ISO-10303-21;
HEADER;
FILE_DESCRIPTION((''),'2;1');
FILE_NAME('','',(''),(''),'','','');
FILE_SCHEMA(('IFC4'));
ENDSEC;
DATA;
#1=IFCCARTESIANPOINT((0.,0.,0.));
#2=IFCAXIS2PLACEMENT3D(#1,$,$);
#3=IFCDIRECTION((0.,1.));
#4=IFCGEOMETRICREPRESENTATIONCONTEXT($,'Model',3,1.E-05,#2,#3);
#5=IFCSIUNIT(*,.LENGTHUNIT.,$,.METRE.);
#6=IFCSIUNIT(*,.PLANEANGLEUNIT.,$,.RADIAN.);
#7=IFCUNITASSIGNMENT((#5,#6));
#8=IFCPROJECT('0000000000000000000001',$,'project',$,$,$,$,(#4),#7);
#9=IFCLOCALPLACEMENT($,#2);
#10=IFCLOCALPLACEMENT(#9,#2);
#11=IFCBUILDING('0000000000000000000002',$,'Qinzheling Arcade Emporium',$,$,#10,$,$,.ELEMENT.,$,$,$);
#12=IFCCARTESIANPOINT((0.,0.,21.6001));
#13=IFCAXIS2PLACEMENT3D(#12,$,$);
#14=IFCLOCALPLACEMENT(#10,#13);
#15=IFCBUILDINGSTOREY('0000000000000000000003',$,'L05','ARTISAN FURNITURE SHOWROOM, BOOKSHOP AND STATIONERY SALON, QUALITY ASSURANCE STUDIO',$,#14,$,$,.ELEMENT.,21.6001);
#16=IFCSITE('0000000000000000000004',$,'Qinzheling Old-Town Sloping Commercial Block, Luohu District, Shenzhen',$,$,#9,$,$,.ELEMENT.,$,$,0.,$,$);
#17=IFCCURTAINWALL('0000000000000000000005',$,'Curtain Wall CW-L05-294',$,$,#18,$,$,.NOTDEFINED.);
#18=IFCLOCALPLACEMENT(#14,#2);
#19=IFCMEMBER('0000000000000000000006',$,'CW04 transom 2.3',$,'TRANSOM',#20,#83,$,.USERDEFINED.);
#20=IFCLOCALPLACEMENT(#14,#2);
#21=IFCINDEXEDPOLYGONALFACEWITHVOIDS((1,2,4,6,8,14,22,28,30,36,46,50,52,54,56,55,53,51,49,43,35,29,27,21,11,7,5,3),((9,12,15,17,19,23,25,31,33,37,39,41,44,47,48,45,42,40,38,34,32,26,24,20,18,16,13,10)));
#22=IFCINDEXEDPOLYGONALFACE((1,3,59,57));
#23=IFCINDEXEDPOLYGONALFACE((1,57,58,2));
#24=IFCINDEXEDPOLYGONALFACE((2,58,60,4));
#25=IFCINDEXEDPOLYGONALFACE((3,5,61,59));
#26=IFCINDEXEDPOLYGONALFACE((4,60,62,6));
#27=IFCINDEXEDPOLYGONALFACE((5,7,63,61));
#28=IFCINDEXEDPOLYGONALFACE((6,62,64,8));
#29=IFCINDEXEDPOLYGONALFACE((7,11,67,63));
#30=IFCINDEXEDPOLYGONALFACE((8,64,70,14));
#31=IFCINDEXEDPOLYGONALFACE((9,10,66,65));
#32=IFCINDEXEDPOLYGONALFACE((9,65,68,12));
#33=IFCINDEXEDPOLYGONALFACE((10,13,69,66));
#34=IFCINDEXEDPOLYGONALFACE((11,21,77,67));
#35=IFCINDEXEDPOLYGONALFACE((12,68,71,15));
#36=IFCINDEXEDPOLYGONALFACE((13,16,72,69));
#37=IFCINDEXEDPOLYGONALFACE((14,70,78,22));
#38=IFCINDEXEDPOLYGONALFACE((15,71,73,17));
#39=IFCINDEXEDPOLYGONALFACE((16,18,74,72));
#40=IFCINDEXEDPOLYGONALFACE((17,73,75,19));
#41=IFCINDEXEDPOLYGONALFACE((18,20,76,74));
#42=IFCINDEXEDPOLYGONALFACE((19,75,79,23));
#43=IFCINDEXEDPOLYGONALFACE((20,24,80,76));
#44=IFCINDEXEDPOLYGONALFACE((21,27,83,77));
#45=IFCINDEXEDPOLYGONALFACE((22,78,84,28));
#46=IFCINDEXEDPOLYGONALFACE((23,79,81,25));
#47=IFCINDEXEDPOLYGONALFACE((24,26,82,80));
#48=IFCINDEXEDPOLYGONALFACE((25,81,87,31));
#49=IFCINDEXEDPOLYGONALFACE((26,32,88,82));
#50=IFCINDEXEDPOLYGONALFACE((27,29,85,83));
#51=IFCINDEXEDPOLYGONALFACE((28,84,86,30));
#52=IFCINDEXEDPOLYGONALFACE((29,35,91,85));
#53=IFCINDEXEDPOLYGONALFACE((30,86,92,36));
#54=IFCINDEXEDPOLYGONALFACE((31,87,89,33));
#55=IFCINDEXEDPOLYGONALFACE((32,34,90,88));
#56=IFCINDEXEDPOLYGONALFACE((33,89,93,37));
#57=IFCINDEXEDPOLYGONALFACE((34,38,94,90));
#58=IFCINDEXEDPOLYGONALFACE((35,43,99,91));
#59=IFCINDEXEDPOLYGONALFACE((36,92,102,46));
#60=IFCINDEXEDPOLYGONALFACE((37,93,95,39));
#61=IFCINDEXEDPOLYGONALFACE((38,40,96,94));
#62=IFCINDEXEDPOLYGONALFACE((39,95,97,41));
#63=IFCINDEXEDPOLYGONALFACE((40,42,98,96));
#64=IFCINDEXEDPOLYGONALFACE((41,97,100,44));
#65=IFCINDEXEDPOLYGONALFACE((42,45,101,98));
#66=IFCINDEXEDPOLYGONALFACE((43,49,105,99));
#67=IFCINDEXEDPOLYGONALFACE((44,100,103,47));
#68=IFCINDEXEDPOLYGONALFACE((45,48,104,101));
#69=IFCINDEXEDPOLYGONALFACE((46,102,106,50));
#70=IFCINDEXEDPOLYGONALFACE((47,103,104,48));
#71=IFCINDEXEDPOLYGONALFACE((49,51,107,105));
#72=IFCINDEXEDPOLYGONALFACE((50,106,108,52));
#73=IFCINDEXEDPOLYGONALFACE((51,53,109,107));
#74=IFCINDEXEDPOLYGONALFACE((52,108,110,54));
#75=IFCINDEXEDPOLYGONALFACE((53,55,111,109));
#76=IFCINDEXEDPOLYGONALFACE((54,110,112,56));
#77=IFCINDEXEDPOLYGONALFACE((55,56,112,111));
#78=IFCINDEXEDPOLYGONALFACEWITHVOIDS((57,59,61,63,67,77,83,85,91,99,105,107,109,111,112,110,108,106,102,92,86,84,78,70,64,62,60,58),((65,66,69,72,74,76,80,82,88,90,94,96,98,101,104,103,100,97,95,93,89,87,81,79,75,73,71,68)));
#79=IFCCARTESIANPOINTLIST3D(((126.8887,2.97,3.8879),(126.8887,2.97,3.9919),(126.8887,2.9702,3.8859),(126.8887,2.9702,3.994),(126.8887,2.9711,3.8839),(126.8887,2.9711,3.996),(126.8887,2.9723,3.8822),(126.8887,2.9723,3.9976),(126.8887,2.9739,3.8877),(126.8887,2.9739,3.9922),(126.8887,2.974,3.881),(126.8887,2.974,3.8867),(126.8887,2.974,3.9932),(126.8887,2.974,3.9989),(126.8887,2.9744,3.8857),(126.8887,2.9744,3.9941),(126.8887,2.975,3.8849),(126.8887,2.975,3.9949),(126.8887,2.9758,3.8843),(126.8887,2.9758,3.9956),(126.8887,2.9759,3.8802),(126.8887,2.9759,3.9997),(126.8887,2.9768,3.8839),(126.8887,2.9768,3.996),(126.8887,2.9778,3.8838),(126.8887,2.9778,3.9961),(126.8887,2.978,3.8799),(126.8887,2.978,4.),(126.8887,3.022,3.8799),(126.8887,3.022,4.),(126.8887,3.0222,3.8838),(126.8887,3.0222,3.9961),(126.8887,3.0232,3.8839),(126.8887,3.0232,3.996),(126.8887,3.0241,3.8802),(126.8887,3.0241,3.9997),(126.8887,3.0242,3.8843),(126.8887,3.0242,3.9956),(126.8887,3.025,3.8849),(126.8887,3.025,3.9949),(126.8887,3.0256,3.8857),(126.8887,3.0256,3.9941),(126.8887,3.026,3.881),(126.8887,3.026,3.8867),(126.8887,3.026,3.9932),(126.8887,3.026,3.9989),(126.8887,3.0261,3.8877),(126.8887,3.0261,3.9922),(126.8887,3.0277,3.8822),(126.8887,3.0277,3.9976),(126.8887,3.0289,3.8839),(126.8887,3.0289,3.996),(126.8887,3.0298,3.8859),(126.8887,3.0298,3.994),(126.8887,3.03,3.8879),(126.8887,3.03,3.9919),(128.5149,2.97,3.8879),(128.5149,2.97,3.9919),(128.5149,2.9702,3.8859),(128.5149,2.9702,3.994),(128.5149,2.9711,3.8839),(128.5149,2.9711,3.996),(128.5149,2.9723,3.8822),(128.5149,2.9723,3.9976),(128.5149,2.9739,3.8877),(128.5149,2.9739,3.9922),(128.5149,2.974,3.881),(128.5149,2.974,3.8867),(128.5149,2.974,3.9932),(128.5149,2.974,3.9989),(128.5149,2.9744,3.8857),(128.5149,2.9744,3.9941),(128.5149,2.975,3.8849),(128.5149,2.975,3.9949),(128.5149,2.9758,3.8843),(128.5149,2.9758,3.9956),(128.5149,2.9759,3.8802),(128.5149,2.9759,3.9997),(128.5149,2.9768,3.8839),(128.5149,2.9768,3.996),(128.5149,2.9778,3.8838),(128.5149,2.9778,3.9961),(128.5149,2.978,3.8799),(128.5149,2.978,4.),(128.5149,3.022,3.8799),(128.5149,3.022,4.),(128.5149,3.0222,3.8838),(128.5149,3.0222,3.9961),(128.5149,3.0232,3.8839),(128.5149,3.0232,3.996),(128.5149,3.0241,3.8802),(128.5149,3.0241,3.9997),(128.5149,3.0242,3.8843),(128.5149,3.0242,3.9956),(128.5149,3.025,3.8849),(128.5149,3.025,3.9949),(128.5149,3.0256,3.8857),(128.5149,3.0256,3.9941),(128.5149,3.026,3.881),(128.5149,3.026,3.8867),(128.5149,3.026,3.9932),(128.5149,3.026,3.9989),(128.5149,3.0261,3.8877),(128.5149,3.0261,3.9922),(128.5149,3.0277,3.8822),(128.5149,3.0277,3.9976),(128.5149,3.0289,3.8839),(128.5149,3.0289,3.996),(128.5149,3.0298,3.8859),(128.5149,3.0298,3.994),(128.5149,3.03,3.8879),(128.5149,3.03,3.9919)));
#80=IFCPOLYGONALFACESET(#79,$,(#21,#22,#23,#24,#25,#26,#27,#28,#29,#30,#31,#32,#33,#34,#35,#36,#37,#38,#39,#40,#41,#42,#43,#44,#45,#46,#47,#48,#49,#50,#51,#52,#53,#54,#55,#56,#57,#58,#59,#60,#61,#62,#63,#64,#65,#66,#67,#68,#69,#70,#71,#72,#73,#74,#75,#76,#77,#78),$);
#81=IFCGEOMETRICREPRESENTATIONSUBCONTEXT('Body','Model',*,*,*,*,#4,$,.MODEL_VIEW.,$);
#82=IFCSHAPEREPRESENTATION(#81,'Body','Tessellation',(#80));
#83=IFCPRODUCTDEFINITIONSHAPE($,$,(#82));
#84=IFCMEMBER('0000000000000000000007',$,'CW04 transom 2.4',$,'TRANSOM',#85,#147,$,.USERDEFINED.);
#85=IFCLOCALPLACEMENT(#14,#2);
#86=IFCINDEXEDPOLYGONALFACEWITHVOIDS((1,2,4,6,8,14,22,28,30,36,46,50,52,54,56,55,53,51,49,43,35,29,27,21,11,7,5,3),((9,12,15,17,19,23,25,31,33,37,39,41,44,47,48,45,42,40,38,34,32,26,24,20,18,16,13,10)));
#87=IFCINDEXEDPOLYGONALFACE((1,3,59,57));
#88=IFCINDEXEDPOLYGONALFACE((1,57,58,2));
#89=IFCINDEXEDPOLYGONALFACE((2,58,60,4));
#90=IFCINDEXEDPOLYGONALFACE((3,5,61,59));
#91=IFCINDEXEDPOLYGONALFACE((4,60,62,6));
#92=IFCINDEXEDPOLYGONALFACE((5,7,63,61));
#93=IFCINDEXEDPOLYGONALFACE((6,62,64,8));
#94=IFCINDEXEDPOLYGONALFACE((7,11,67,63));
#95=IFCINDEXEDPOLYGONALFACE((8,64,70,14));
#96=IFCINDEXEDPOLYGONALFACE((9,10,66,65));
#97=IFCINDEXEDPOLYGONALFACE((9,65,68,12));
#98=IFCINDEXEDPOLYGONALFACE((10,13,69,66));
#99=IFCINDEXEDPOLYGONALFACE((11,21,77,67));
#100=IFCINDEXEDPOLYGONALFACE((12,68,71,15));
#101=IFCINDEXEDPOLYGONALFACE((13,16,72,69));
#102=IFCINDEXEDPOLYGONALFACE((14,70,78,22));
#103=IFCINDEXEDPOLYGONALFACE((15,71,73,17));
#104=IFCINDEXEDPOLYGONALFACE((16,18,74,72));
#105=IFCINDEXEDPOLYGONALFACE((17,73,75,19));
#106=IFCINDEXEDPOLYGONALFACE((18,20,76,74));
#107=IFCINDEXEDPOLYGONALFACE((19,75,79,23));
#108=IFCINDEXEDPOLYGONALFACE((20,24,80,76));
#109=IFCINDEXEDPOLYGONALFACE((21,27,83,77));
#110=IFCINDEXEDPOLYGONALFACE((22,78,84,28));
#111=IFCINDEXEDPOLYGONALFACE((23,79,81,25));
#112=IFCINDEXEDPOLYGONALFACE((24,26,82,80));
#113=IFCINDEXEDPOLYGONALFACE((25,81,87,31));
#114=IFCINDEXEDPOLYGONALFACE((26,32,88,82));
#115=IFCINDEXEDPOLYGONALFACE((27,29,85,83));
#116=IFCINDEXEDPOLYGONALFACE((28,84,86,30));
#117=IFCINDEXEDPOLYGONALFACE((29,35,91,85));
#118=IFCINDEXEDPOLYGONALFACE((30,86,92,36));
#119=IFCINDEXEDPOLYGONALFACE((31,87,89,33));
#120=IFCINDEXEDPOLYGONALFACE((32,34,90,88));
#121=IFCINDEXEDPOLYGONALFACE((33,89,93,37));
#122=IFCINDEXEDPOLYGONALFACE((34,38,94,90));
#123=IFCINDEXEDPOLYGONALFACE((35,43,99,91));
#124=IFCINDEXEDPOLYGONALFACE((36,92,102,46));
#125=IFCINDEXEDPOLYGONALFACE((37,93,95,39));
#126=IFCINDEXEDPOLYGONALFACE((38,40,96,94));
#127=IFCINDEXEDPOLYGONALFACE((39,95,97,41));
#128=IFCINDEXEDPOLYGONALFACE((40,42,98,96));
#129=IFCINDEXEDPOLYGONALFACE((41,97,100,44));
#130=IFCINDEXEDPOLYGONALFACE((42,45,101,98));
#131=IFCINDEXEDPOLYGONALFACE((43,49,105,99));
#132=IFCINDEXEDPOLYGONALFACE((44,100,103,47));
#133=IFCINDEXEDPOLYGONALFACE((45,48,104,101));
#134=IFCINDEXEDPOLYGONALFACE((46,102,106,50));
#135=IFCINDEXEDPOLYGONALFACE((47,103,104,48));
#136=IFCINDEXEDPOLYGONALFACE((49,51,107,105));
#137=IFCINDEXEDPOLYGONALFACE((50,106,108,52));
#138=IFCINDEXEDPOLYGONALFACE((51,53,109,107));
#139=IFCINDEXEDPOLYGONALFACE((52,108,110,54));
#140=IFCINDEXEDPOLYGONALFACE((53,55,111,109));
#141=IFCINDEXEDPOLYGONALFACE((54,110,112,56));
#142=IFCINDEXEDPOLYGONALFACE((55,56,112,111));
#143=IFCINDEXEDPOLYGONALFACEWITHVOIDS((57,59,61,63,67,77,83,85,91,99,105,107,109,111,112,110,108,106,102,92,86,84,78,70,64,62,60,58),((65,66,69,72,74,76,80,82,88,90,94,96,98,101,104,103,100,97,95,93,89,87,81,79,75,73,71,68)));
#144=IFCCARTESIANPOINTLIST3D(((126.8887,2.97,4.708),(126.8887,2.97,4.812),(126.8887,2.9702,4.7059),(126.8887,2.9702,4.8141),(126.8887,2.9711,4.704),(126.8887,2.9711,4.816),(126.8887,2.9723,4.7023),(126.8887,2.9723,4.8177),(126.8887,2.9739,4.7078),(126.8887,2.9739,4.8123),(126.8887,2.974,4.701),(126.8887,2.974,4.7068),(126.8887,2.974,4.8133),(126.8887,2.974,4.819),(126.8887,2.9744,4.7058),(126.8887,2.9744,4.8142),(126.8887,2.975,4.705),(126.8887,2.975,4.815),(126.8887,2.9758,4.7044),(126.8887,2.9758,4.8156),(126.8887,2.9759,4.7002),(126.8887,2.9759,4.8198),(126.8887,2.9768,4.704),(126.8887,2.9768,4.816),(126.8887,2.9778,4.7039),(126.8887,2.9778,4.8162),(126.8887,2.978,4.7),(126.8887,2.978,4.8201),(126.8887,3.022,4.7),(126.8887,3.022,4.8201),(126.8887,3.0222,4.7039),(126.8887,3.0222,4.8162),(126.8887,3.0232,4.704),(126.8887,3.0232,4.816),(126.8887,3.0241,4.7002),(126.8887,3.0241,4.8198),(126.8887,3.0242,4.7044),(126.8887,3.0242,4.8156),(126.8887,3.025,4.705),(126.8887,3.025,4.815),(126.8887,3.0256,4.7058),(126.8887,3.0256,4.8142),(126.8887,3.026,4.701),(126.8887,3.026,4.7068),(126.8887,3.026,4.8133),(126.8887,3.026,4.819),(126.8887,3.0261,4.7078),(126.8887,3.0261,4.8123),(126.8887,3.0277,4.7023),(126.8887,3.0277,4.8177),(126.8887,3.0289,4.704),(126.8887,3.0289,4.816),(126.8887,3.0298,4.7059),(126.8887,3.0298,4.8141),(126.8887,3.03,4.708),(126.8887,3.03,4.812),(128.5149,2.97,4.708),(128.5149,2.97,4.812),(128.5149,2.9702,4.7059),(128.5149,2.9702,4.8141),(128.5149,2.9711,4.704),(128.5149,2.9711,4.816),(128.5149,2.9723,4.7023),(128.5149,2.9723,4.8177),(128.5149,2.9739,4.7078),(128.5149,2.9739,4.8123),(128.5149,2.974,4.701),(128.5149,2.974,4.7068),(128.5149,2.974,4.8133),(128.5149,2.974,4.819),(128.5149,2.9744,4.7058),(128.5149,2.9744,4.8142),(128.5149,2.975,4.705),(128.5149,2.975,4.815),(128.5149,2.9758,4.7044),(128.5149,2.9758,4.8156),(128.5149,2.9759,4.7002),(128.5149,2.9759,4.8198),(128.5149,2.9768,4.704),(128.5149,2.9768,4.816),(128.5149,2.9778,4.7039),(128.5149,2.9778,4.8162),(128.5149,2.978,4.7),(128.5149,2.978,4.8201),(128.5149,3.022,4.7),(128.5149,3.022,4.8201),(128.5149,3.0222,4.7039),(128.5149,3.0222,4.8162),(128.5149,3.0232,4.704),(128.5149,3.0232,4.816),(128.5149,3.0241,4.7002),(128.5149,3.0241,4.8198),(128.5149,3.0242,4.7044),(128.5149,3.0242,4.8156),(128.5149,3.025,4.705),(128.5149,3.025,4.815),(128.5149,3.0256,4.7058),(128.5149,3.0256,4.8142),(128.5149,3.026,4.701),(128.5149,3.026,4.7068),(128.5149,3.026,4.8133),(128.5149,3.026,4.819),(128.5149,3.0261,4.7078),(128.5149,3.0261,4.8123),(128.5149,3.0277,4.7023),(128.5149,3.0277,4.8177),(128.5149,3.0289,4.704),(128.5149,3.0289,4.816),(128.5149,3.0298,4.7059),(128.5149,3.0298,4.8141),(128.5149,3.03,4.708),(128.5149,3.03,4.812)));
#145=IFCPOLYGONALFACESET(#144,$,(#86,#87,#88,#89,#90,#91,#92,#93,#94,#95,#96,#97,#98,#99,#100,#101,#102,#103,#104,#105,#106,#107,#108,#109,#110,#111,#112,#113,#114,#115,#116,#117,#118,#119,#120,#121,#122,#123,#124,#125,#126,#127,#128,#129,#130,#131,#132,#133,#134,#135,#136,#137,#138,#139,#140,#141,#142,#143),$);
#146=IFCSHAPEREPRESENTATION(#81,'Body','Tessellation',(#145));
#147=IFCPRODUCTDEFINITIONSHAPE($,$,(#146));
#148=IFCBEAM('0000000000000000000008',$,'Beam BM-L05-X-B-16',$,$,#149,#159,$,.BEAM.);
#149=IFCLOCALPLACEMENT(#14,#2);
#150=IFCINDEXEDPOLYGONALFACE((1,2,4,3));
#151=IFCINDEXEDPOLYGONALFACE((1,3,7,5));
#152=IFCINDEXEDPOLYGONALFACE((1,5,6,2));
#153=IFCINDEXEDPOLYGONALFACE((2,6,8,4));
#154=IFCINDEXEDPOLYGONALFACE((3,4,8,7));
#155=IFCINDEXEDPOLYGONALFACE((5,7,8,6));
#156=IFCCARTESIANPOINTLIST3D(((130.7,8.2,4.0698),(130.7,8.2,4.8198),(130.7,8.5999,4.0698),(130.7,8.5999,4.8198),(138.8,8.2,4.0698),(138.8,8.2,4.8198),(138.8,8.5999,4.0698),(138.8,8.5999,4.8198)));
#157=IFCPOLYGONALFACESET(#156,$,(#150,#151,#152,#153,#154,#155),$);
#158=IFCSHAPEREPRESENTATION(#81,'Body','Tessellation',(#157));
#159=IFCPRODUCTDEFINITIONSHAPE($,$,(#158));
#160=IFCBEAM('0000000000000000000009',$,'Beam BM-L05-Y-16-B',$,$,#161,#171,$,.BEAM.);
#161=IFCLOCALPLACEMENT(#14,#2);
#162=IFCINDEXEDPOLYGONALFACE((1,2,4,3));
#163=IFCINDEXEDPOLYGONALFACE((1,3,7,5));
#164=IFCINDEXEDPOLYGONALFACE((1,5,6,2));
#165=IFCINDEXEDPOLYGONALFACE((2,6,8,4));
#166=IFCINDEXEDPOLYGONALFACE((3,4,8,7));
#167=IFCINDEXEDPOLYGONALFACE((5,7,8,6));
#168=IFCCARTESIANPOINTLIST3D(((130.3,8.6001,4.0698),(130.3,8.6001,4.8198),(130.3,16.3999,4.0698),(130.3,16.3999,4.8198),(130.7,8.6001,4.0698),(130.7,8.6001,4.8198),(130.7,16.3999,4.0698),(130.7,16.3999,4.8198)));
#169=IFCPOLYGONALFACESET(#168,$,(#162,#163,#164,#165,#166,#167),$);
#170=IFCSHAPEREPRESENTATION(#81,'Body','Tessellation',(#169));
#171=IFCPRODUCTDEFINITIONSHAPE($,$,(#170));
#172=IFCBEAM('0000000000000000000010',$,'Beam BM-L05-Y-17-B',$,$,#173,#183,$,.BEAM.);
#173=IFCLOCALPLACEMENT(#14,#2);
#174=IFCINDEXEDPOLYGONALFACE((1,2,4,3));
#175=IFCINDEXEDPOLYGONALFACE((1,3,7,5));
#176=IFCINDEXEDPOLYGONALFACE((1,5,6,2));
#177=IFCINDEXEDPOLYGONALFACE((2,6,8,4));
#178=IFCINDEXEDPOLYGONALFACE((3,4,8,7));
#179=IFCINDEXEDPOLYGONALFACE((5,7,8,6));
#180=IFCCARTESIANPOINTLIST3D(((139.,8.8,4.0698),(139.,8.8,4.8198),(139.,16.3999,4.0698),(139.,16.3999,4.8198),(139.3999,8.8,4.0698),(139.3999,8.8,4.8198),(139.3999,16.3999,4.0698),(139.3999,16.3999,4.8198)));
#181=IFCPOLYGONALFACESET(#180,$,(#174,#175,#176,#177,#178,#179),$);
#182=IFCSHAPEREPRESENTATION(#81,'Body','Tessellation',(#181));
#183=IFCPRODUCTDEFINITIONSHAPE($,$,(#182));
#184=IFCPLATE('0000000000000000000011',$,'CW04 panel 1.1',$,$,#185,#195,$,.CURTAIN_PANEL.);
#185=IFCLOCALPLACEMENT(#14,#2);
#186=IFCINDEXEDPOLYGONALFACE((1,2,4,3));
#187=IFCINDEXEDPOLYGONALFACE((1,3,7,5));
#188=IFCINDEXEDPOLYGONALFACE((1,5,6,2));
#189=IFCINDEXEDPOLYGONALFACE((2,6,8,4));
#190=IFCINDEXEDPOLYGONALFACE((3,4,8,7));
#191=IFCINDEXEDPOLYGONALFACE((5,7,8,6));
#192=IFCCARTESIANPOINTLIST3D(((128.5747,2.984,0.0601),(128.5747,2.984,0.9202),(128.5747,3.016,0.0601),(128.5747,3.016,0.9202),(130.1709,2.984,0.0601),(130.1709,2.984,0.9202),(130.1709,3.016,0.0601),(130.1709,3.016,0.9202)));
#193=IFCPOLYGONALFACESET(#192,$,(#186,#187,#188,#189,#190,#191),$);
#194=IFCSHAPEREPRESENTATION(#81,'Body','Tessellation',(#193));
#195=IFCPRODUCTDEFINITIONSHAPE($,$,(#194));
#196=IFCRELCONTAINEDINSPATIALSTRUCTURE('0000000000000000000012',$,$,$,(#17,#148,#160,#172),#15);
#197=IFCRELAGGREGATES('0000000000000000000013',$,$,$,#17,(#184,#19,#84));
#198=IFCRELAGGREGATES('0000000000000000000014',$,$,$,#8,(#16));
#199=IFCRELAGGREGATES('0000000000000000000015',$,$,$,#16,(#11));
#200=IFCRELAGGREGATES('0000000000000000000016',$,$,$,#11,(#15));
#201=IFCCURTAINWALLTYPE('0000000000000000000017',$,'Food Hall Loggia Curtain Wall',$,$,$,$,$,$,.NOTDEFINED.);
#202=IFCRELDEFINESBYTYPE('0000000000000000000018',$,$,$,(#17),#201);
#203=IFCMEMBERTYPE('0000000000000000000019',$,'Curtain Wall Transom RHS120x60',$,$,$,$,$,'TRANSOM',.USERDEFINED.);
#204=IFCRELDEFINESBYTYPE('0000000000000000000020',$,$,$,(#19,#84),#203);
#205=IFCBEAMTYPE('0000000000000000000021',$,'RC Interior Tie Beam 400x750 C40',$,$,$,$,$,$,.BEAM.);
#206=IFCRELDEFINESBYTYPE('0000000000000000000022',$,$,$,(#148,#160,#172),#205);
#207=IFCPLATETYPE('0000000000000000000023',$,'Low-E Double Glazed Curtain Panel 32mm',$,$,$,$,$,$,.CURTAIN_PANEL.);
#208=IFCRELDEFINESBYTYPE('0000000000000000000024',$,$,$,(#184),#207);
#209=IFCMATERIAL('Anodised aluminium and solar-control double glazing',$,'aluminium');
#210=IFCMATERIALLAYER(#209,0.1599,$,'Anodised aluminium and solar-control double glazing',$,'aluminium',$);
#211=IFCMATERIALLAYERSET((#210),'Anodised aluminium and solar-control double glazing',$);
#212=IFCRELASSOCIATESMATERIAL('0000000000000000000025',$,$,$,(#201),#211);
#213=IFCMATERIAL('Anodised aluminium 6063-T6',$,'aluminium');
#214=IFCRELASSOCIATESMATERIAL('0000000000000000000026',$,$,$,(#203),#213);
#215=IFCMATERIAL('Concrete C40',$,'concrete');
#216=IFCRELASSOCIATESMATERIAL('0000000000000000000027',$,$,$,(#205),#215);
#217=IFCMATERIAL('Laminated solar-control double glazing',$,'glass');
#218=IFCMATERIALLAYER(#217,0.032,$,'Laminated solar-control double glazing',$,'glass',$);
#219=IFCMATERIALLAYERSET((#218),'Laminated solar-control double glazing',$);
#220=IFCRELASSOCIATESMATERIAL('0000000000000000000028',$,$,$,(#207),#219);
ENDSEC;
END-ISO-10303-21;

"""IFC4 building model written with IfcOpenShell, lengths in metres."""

from ifc_helpers import new_model, si_unit, direction, frame, origin, origin_2d, place, context, subcontext, project, spatial, rectangle, hollow_rectangle, extrude, material, layer, layer_set, material_profile, profile_set, type_object, element, aggregate, save


model = new_model("IFC4")

# Units and contexts
model_context = context("Model", 3, precision=1e-05, world=origin(), true_north=direction((0.0, 1.0)))
body_context = subcontext(model_context, "Body", "Model", "MODEL_VIEW")
ifc_project = project(units=[si_unit("LENGTHUNIT", "METRE"), si_unit("PLANEANGLEUNIT", "RADIAN")], contexts=[model_context])

# Site, building, storey
site_placement = place(None, origin())
site = spatial("IfcSite", under=ifc_project, at=site_placement, Name="Qinzheling Old-Town Sloping Commercial Block, Luohu District, Shenzhen", CompositionType="ELEMENT", RefElevation=0.0)
building_placement = place(site_placement, origin())
building = spatial("IfcBuilding", under=site, at=building_placement, Name="Qinzheling Arcade Emporium", CompositionType="ELEMENT")
storey_placement = place(building_placement, frame((0.0, 0.0, 21.6001)))
storey = spatial("IfcBuildingStorey", under=building, at=storey_placement, Name="L05", Description="ARTISAN FURNITURE SHOWROOM, BOOKSHOP AND STATIONERY SALON, QUALITY ASSURANCE STUDIO", CompositionType="ELEMENT", Elevation=21.6001)

# Shared definitions
ifc_material_1 = material(Name="Concrete C40", Category="concrete")

# Curtain wall, members
ifc_material_2 = material(Name="Anodised aluminium and solar-control double glazing", Category="aluminium")
ifc_layer_1 = layer(ifc_material_2, 0.1599, Name="Anodised aluminium and solar-control double glazing", Category="aluminium")
ifc_layer_set_1 = layer_set([ifc_layer_1], Name="Anodised aluminium and solar-control double glazing")
curtain_wall_type = type_object("IfcCurtainWallType", Name="Food Hall Loggia Curtain Wall", PredefinedType="NOTDEFINED", material=ifc_layer_set_1)
curtain_wall_placement = place(storey_placement, origin())
curtain_wall = element("IfcCurtainWall", 1, at=curtain_wall_placement, inside=storey, type_object=curtain_wall_type, Name="Curtain Wall CW-L05-294", PredefinedType="NOTDEFINED")
ifc_material_3 = material(Name="Anodised aluminium 6063-T6", Category="aluminium")
ifc_material_profile_1 = material_profile(ifc_material_3, hollow_rectangle(XDim=0.0601, YDim=0.1201, WallThickness=0.0039, InnerFilletRadius=0.0039, OuterFilletRadius=0.0081, at=origin_2d()), Name="RHS 120x60x4", Category="aluminium")
ifc_profile_set_1 = profile_set([ifc_material_profile_1], Name="Anodised aluminium 6063-T6")
member_type_1 = type_object("IfcMemberType", Name="Curtain Wall Transom RHS120x60", ElementType="TRANSOM", PredefinedType="USERDEFINED", material=ifc_profile_set_1)
member_1_placement = place(storey_placement, frame((128.5149, 3.0, 3.9399), z_axis=(-1.0, 0.0, 0.0), x_axis=(0.0, -1.0, 0.0)))
member_1 = element("IfcMember", 2, at=member_1_placement, type_object=member_type_1, Name="CW04 transom 2.3", ObjectType="TRANSOM", PredefinedType="USERDEFINED", context=body_context, shape_type="SweptSolid", body=[
    extrude(hollow_rectangle(XDim=0.0601, YDim=0.1201, WallThickness=0.0039, InnerFilletRadius=0.0039, OuterFilletRadius=0.0081, at=origin_2d()), origin(), (0.0, 0.0, 1.0), 1.6262),
])
member_2_placement = place(storey_placement, frame((128.5149, 3.0, 4.76), z_axis=(-1.0, 0.0, 0.0), x_axis=(0.0, -1.0, 0.0)))
member_2 = element("IfcMember", 3, at=member_2_placement, type_object=member_type_1, Name="CW04 transom 2.4", ObjectType="TRANSOM", PredefinedType="USERDEFINED", context=body_context, shape_type="SweptSolid", body=[
    extrude(hollow_rectangle(XDim=0.0601, YDim=0.1201, WallThickness=0.0039, InnerFilletRadius=0.0039, OuterFilletRadius=0.0081, at=origin_2d()), origin(), (0.0, 0.0, 1.0), 1.6262),
])

# Beams
ifc_material_profile_2 = material_profile(ifc_material_1, rectangle(XDim=0.3999, YDim=0.75, at=origin_2d()), Name="RC 400x750", Category="concrete")
ifc_profile_set_2 = profile_set([ifc_material_profile_2], Name="Concrete C40")
beam_type = type_object("IfcBeamType", Name="RC Interior Tie Beam 400x750 C40", PredefinedType="BEAM", material=ifc_profile_set_2)
beam_1_placement = place(storey_placement, frame((130.7, 8.3999, 4.4448), z_axis=(1.0, 0.0, 0.0), x_axis=(0.0, 1.0, 0.0)))
element("IfcBeam", 4, at=beam_1_placement, inside=storey, type_object=beam_type, Name="Beam BM-L05-X-B-16", PredefinedType="BEAM", context=body_context, shape_type="SweptSolid", body=[
    extrude(rectangle(XDim=0.3999, YDim=0.75, at=origin_2d()), origin(), (0.0, 0.0, 1.0), 8.1001),
])
beam_2_placement = place(storey_placement, frame((130.5, 8.6001, 4.4448), z_axis=(0.0, 1.0, 0.0), x_axis=(-1.0, 0.0, 0.0)))
element("IfcBeam", 5, at=beam_2_placement, inside=storey, type_object=beam_type, Name="Beam BM-L05-Y-16-B", PredefinedType="BEAM", context=body_context, shape_type="SweptSolid", body=[
    extrude(rectangle(XDim=0.3999, YDim=0.75, at=origin_2d()), origin(), (0.0, 0.0, 1.0), 7.7998),
])
beam_3_placement = place(storey_placement, frame((139.2, 8.8, 4.4448), z_axis=(0.0, 1.0, 0.0), x_axis=(-1.0, 0.0, 0.0)))
element("IfcBeam", 6, at=beam_3_placement, inside=storey, type_object=beam_type, Name="Beam BM-L05-Y-17-B", PredefinedType="BEAM", context=body_context, shape_type="SweptSolid", body=[
    extrude(rectangle(XDim=0.3999, YDim=0.75, at=origin_2d()), origin(), (0.0, 0.0, 1.0), 7.5999),
])

# Plate
ifc_material_4 = material(Name="Laminated solar-control double glazing", Category="glass")
ifc_layer_2 = layer(ifc_material_4, 0.032, Name="Laminated solar-control double glazing", Category="glass")
ifc_layer_set_2 = layer_set([ifc_layer_2], Name="Laminated solar-control double glazing")
plate_type = type_object("IfcPlateType", Name="Low-E Double Glazed Curtain Panel 32mm", PredefinedType="CURTAIN_PANEL", material=ifc_layer_set_2)
plate_1_placement = place(storey_placement, frame((129.3728, 3.0, 0.0601), z_axis=(0.0, 0.0, 1.0), x_axis=(-1.0, 0.0, 0.0)))
plate_1 = element("IfcPlate", 7, at=plate_1_placement, type_object=plate_type, Name="CW04 panel 1.1", PredefinedType="CURTAIN_PANEL", context=body_context, shape_type="SweptSolid", body=[
    extrude(rectangle(XDim=1.5962, YDim=0.032, at=origin_2d()), origin(), (0.0, 0.0, 1.0), 0.8601),
])
aggregate(curtain_wall, [plate_1, member_1, member_2])

save(model, "model.ifc")
